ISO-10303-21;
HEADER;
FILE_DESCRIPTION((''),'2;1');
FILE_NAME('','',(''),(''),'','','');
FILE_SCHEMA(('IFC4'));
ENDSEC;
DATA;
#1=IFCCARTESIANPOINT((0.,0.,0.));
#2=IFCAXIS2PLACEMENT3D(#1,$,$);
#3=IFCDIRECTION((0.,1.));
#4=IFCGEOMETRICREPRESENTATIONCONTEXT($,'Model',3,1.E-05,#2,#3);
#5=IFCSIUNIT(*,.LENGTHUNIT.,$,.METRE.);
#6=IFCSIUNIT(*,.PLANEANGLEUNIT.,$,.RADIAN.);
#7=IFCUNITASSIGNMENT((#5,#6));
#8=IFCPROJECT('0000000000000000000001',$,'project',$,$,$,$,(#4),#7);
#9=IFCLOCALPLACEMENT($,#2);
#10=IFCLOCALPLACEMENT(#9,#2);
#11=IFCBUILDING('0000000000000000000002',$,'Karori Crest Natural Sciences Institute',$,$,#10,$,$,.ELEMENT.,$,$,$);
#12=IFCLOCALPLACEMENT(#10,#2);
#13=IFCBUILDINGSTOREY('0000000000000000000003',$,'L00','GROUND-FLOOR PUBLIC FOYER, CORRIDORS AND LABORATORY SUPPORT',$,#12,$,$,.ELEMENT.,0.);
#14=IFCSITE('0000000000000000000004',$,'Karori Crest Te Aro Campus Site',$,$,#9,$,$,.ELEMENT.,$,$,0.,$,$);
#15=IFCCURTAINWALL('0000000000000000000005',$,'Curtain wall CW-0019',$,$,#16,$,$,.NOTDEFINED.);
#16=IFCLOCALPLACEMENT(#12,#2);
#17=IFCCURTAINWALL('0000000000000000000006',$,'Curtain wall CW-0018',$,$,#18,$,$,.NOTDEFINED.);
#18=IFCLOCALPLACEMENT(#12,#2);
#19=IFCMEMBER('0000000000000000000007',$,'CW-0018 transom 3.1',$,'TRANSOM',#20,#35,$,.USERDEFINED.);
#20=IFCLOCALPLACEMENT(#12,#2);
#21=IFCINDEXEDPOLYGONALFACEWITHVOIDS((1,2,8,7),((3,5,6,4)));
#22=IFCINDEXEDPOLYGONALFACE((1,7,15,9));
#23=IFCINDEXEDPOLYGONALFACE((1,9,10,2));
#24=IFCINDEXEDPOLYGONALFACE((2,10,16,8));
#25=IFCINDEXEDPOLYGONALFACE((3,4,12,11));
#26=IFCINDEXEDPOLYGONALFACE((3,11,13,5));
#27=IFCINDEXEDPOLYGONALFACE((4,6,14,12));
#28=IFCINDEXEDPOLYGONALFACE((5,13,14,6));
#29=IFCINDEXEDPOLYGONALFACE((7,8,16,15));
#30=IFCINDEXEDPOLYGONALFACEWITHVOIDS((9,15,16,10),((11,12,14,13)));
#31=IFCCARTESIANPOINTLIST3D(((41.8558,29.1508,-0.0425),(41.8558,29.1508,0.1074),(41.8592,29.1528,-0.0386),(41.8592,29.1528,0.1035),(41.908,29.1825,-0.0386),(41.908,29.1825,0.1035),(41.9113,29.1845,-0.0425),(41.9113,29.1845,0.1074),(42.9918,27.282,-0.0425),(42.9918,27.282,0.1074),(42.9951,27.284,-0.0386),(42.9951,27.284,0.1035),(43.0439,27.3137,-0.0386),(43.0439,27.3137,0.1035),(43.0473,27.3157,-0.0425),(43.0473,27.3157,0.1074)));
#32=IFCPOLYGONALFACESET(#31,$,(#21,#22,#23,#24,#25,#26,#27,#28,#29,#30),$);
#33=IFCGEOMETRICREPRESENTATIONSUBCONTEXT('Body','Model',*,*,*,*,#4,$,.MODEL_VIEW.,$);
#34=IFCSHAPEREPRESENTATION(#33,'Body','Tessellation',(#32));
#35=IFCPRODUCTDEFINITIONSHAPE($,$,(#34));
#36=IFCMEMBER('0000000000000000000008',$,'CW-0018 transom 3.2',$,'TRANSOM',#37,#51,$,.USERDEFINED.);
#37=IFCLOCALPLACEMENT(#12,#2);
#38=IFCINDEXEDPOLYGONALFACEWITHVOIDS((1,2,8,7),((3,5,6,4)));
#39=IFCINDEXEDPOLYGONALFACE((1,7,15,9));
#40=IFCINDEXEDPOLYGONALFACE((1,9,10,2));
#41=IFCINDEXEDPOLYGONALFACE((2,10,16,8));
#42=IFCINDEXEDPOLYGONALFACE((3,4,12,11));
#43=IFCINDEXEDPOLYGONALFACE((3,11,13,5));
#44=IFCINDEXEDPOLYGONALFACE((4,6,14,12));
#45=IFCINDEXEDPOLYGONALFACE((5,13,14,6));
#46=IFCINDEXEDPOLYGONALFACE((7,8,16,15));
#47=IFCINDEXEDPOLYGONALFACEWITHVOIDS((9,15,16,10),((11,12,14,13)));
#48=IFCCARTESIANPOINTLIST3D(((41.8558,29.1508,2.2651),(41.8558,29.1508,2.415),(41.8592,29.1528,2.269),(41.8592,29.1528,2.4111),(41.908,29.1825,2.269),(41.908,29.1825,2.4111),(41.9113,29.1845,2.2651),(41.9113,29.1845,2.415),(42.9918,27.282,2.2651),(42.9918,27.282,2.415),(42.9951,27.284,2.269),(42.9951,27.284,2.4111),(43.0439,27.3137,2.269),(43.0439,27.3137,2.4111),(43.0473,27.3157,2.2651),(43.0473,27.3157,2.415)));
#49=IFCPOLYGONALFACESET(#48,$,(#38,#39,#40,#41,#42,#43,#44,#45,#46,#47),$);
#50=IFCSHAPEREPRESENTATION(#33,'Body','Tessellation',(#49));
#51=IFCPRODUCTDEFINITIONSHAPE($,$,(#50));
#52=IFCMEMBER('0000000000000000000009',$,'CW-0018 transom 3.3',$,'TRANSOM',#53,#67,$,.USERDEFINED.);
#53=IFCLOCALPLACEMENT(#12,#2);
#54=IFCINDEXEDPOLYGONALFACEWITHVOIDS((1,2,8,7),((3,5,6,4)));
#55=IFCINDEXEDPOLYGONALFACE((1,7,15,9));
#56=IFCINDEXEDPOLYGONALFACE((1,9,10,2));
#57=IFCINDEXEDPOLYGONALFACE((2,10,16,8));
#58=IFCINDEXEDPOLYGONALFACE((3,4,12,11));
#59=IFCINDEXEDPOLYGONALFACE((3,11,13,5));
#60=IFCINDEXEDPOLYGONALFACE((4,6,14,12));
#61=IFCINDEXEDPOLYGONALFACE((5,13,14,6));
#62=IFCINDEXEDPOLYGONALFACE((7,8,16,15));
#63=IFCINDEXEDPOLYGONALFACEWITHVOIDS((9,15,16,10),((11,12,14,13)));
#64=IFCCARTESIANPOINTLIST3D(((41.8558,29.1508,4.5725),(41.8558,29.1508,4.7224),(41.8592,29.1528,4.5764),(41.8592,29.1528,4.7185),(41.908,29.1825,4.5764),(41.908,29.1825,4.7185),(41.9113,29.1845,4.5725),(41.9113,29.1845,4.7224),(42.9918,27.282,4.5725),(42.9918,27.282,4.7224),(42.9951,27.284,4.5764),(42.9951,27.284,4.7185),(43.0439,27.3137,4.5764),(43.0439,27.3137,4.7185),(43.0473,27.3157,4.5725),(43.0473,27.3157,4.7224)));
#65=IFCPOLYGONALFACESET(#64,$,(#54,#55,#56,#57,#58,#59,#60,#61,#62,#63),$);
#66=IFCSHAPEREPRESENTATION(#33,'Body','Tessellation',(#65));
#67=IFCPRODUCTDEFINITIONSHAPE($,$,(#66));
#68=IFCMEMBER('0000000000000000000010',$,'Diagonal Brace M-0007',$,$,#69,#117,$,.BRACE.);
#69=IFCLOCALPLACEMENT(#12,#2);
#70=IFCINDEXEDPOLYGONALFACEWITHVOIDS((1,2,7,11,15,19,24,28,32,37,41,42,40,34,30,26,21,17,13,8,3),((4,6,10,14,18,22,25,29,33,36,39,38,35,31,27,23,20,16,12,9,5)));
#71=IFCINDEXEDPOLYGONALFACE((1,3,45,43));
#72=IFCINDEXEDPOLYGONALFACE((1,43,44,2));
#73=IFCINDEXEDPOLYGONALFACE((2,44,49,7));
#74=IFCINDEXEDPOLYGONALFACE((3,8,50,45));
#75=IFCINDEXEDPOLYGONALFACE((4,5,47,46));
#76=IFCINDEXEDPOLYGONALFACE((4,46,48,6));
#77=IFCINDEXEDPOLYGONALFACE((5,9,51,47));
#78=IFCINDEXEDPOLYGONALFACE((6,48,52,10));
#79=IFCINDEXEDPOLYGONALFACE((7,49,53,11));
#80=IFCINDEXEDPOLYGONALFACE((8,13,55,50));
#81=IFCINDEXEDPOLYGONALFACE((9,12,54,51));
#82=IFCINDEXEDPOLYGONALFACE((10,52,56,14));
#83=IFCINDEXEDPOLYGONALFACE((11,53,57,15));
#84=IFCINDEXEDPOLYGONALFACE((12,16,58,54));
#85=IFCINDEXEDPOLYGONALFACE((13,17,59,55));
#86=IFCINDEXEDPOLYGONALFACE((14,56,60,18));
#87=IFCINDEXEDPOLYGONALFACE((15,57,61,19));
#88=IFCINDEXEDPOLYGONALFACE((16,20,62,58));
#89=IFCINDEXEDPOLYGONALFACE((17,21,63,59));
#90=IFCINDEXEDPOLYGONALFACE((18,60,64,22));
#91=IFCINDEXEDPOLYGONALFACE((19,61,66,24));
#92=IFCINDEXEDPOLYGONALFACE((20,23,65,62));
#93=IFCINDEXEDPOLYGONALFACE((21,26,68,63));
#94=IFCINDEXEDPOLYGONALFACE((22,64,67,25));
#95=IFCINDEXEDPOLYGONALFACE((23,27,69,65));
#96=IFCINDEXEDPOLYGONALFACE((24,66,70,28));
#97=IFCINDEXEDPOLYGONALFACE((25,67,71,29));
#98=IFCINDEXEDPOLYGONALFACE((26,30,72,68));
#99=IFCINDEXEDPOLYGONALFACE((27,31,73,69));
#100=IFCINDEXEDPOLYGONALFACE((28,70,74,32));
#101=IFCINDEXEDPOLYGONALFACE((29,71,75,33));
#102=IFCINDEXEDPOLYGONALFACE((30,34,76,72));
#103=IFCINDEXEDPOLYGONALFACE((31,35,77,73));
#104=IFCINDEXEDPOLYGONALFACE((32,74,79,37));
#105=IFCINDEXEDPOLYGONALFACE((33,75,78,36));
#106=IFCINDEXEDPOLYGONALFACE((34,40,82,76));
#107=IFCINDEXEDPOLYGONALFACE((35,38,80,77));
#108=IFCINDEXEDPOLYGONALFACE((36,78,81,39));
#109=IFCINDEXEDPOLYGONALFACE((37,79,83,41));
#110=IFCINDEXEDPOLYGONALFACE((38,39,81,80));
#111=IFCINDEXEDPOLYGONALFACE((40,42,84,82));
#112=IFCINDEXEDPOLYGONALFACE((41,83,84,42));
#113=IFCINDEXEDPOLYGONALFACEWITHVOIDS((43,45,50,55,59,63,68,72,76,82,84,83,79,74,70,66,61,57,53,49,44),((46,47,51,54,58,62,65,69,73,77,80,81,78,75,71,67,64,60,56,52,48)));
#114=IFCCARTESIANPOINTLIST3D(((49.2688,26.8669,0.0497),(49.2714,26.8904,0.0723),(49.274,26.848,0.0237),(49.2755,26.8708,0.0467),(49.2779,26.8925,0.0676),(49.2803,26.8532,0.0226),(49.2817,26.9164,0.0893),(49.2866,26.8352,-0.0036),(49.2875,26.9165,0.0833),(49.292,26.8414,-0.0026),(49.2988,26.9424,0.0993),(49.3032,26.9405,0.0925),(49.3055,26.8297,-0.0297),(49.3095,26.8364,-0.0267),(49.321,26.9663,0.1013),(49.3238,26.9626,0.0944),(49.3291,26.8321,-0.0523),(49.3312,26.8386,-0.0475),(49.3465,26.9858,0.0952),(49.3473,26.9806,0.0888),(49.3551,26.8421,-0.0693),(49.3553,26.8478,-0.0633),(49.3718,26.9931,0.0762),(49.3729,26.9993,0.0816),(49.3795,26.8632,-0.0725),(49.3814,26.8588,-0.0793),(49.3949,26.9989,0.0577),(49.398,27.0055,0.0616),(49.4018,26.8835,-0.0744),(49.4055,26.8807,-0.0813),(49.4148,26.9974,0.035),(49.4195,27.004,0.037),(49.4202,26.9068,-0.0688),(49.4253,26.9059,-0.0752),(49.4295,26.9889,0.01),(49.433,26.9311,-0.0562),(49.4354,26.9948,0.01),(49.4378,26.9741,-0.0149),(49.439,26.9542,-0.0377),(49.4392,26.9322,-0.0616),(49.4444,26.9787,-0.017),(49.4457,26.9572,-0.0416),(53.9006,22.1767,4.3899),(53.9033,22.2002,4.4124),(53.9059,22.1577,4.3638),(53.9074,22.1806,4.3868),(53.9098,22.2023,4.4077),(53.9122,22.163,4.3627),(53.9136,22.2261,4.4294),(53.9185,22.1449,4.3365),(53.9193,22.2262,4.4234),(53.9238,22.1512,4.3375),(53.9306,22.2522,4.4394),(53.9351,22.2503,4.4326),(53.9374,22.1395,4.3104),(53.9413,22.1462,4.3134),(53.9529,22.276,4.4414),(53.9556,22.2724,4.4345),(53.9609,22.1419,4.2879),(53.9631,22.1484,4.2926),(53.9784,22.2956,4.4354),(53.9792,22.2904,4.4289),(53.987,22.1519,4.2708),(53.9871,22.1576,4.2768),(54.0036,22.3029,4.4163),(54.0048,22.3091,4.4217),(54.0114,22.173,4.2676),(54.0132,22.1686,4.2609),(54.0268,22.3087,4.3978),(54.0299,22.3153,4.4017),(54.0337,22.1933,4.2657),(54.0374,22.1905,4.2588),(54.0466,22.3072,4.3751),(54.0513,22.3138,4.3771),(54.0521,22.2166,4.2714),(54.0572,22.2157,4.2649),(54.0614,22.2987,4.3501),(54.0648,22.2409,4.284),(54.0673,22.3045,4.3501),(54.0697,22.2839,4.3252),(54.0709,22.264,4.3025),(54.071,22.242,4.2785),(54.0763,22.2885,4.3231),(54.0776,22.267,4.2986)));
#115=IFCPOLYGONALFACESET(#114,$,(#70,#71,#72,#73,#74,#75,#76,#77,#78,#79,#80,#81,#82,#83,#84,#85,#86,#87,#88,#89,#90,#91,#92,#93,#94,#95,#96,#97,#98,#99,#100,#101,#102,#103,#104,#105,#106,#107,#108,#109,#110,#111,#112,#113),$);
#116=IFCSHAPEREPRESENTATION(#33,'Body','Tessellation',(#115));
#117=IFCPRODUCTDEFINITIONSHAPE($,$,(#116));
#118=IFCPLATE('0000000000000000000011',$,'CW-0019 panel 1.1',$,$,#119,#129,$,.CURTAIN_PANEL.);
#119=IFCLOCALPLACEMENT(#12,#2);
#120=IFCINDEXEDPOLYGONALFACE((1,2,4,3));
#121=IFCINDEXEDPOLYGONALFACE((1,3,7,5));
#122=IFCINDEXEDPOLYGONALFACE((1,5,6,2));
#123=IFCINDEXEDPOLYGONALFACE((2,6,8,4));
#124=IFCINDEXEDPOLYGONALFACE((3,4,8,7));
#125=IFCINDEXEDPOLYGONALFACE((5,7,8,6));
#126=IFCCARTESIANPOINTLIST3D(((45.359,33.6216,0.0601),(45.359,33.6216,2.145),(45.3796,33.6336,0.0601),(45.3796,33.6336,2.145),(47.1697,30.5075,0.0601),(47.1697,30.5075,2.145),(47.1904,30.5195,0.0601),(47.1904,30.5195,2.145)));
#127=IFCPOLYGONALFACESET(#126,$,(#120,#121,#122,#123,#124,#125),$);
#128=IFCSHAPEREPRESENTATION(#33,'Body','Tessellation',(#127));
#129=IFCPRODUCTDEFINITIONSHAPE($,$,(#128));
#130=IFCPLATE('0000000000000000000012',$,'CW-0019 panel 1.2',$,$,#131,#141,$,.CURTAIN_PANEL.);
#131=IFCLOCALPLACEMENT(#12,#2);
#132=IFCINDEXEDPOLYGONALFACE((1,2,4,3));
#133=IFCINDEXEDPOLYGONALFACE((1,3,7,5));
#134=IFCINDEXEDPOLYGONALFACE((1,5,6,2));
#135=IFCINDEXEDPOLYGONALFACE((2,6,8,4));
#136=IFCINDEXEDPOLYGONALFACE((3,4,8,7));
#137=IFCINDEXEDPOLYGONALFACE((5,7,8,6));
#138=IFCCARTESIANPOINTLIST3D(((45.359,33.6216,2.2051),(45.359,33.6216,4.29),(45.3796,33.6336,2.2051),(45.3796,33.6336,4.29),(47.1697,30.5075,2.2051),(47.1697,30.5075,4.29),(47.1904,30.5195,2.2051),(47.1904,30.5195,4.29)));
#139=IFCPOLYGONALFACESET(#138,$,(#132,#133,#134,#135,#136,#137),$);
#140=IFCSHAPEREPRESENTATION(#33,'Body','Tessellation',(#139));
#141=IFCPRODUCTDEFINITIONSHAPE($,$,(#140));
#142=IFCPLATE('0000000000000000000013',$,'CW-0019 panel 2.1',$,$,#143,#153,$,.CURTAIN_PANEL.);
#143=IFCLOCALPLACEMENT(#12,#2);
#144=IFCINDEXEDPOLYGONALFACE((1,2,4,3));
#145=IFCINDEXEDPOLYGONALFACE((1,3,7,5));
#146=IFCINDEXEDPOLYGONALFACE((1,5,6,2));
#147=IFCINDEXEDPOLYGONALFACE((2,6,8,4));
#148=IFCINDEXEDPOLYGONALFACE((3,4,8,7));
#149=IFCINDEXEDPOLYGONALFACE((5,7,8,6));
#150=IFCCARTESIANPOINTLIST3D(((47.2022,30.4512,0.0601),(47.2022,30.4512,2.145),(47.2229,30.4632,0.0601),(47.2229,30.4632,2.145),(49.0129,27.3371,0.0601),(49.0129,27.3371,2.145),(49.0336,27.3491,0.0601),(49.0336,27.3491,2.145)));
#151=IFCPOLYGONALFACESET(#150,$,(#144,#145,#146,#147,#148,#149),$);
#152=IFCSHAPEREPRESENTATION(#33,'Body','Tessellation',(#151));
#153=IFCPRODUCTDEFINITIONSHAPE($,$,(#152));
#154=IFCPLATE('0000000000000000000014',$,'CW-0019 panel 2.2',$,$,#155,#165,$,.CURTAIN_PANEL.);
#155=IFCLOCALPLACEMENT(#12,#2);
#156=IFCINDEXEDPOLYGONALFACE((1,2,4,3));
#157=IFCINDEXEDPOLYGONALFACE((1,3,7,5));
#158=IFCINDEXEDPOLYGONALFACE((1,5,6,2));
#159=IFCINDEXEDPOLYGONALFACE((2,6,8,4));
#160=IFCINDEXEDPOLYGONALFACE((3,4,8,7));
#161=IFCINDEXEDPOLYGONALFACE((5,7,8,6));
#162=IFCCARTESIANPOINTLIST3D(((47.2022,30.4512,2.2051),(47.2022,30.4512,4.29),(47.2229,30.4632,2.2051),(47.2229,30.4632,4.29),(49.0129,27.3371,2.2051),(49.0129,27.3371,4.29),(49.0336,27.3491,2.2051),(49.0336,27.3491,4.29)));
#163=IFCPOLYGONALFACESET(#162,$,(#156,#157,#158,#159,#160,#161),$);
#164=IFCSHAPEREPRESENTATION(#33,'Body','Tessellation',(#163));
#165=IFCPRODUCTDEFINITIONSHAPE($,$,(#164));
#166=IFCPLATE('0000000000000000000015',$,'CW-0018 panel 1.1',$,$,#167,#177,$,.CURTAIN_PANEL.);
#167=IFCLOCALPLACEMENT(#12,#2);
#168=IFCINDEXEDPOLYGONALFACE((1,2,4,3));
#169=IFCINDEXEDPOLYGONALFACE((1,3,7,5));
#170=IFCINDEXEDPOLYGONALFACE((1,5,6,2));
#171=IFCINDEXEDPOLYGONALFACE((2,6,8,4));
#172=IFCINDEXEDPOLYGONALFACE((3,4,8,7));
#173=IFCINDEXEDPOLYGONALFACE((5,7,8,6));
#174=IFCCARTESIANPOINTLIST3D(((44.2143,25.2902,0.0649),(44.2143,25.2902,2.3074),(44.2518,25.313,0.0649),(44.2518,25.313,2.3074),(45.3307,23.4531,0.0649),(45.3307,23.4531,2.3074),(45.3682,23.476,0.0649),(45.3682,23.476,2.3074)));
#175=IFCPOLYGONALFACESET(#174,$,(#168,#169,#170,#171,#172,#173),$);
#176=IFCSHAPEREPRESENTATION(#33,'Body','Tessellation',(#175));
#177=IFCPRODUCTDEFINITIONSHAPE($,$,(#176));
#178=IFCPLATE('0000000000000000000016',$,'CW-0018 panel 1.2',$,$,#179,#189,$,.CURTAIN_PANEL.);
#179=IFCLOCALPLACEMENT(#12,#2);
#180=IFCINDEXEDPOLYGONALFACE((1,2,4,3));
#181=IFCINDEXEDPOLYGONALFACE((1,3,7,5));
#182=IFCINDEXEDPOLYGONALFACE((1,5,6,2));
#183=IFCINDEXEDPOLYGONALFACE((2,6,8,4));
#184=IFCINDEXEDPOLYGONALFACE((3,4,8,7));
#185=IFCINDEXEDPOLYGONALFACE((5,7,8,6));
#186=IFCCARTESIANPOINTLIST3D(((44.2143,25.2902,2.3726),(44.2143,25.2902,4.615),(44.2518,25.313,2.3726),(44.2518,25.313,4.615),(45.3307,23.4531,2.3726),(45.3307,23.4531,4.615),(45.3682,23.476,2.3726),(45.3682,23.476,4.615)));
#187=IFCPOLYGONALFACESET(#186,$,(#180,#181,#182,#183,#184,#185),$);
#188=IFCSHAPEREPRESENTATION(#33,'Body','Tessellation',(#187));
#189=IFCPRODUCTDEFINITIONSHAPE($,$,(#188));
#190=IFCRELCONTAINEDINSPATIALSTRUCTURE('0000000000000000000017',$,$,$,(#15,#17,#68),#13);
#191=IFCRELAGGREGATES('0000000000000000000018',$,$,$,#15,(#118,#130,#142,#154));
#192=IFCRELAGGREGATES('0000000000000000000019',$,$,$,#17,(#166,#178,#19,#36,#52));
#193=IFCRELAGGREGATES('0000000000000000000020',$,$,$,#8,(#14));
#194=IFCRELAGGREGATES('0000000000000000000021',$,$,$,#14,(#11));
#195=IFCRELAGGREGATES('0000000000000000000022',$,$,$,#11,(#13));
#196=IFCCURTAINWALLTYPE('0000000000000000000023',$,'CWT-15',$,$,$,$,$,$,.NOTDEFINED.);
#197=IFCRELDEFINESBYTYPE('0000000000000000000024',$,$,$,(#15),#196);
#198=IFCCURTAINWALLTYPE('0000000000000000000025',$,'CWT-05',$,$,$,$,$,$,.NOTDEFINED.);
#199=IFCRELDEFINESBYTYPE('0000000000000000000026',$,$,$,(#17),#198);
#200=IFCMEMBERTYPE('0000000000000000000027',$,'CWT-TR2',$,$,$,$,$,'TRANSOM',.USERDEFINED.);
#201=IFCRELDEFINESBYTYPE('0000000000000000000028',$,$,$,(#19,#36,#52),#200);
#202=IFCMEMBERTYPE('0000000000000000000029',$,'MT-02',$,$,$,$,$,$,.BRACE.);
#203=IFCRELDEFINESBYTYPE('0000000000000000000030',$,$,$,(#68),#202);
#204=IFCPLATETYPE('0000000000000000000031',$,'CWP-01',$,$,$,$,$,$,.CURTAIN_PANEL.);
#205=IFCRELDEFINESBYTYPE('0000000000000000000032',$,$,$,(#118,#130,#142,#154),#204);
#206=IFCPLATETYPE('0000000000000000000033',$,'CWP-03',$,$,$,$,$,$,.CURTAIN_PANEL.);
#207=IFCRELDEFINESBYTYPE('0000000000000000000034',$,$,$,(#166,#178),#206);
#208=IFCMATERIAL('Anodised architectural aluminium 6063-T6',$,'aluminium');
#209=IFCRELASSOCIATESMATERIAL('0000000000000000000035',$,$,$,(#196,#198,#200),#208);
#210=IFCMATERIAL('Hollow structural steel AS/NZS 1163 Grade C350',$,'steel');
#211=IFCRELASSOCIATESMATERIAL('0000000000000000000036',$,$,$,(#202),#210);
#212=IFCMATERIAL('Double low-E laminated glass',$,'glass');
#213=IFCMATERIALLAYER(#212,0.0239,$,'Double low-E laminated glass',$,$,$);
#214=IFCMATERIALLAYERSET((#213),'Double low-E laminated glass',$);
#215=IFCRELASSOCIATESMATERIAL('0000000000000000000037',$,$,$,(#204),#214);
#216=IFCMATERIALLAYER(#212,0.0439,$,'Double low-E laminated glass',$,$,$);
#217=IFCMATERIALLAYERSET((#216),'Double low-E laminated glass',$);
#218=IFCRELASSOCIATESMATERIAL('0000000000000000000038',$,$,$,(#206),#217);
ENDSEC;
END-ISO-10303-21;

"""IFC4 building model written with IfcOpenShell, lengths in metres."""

from ifc_helpers import new_model, si_unit, direction, frame, origin, origin_2d, place, context, subcontext, project, spatial, rectangle, hollow_rectangle, hollow_circle, extrude, material, layer, layer_set, material_profile, profile_set, type_object, element, aggregate, save


model = new_model("IFC4")

# Units and contexts
model_context = context("Model", 3, precision=1e-05, world=origin(), true_north=direction((0.0, 1.0)))
body_context = subcontext(model_context, "Body", "Model", "MODEL_VIEW")
ifc_project = project(units=[si_unit("LENGTHUNIT", "METRE"), si_unit("PLANEANGLEUNIT", "RADIAN")], contexts=[model_context])

# Site, building, storey
site_placement = place(None, origin())
site = spatial("IfcSite", under=ifc_project, at=site_placement, Name="Karori Crest Te Aro Campus Site", CompositionType="ELEMENT", RefElevation=0.0)
building_placement = place(site_placement, origin())
building = spatial("IfcBuilding", under=site, at=building_placement, Name="Karori Crest Natural Sciences Institute", CompositionType="ELEMENT")
storey_placement = place(building_placement, origin())
storey = spatial("IfcBuildingStorey", under=building, at=storey_placement, Name="L00", Description="GROUND-FLOOR PUBLIC FOYER, CORRIDORS AND LABORATORY SUPPORT", CompositionType="ELEMENT", Elevation=0.0)

# Shared definitions
ifc_material_1 = material(Name="Hollow structural steel AS/NZS 1163 Grade C350", Category="steel")

# Curtain walls
ifc_material_2 = material(Name="Anodised architectural aluminium 6063-T6", Category="aluminium")
curtain_wall_type_1 = type_object("IfcCurtainWallType", Name="CWT-15", PredefinedType="NOTDEFINED", material=ifc_material_2)
curtain_wall_1_placement = place(storey_placement, origin())
curtain_wall_1 = element("IfcCurtainWall", 1, at=curtain_wall_1_placement, inside=storey, type_object=curtain_wall_type_1, Name="Curtain wall CW-0019", PredefinedType="NOTDEFINED")
curtain_wall_type_2 = type_object("IfcCurtainWallType", Name="CWT-05", PredefinedType="NOTDEFINED", material=ifc_material_2)
curtain_wall_2_placement = place(storey_placement, origin())
curtain_wall_2 = element("IfcCurtainWall", 2, at=curtain_wall_2_placement, inside=storey, type_object=curtain_wall_type_2, Name="Curtain wall CW-0018", PredefinedType="NOTDEFINED")

# Members
ifc_material_profile_1 = material_profile(ifc_material_2, hollow_rectangle(XDim=0.0649, YDim=0.1499, WallThickness=0.0039, at=origin_2d()), Name="CWT150x65x4")
ifc_profile_set_1 = profile_set([ifc_material_profile_1], Name="Anodised architectural aluminium 6063-T6")
member_type_1 = type_object("IfcMemberType", Name="CWT-TR2", ElementType="TRANSOM", PredefinedType="USERDEFINED", material=ifc_profile_set_1)
member_1_placement = place(storey_placement, frame((43.0195, 27.2988, 0.0325), z_axis=(-0.519412, 0.854524, 0.0), x_axis=(-0.854524, -0.519412, 0.0)))
member_1 = element("IfcMember", 3, at=member_1_placement, type_object=member_type_1, Name="CW-0018 transom 3.1", ObjectType="TRANSOM", PredefinedType="USERDEFINED", context=body_context, shape_type="SweptSolid", body=[
    extrude(hollow_rectangle(XDim=0.0649, YDim=0.1499, WallThickness=0.0039, at=origin_2d()), origin(), (0.0, 0.0, 1.0), 2.187),
])
member_2_placement = place(storey_placement, frame((43.0195, 27.2988, 2.3401), z_axis=(-0.519412, 0.854524, 0.0), x_axis=(-0.854524, -0.519412, 0.0)))
member_2 = element("IfcMember", 4, at=member_2_placement, type_object=member_type_1, Name="CW-0018 transom 3.2", ObjectType="TRANSOM", PredefinedType="USERDEFINED", context=body_context, shape_type="SweptSolid", body=[
    extrude(hollow_rectangle(XDim=0.0649, YDim=0.1499, WallThickness=0.0039, at=origin_2d()), origin(), (0.0, 0.0, 1.0), 2.187),
])
member_3_placement = place(storey_placement, frame((43.0195, 27.2988, 4.6475), z_axis=(-0.519412, 0.854524, 0.0), x_axis=(-0.854524, -0.519412, 0.0)))
member_3 = element("IfcMember", 5, at=member_3_placement, type_object=member_type_1, Name="CW-0018 transom 3.3", ObjectType="TRANSOM", PredefinedType="USERDEFINED", context=body_context, shape_type="SweptSolid", body=[
    extrude(hollow_rectangle(XDim=0.0649, YDim=0.1499, WallThickness=0.0039, at=origin_2d()), origin(), (0.0, 0.0, 1.0), 2.187),
])
ifc_material_profile_2 = material_profile(ifc_material_1, hollow_circle(Radius=0.1096, WallThickness=0.0083, at=origin_2d()), Name="CHS219.1x8.2")
ifc_profile_set_2 = profile_set([ifc_material_profile_2], Name="Hollow structural steel AS/NZS 1163 Grade C350")
member_type_2 = type_object("IfcMemberType", Name="MT-02", PredefinedType="BRACE", material=ifc_profile_set_2)
member_4_placement = place(storey_placement, frame((49.3574, 26.9177, 0.01), z_axis=(0.586882, -0.594275, 0.549915), x_axis=(0.711519, 0.702667, 0.0)))
element("IfcMember", 6, at=member_4_placement, inside=storey, type_object=member_type_2, Name="Diagonal Brace M-0007", PredefinedType="BRACE", context=body_context, shape_type="SweptSolid", body=[
    extrude(hollow_circle(Radius=0.1096, WallThickness=0.0083, at=origin_2d()), origin(), (0.0, 0.0, 1.0), 7.8923),
])

# Plates
ifc_material_3 = material(Name="Double low-E laminated glass", Category="glass")
ifc_layer_1 = layer(ifc_material_3, 0.0239, Name="Double low-E laminated glass")
ifc_layer_set_1 = layer_set([ifc_layer_1], Name="Double low-E laminated glass")
plate_type_1 = type_object("IfcPlateType", Name="CWP-01", PredefinedType="CURTAIN_PANEL", material=ifc_layer_set_1)
plate_1_placement = place(storey_placement, frame((46.2747, 32.0706, 0.0601), z_axis=(0.0, 0.0, 1.0), x_axis=(0.50266, -0.864484, 0.0)))
plate_1 = element("IfcPlate", 7, at=plate_1_placement, type_object=plate_type_1, Name="CW-0019 panel 1.1", PredefinedType="CURTAIN_PANEL", context=body_context, shape_type="SweptSolid", body=[
    extrude(rectangle(XDim=3.6023, YDim=0.0239, at=origin_2d()), origin(), (0.0, 0.0, 1.0), 2.085),
])
plate_2_placement = place(storey_placement, frame((46.2747, 32.0706, 2.2051), z_axis=(0.0, 0.0, 1.0), x_axis=(0.50266, -0.864484, 0.0)))
plate_2 = element("IfcPlate", 8, at=plate_2_placement, type_object=plate_type_1, Name="CW-0019 panel 1.2", PredefinedType="CURTAIN_PANEL", context=body_context, shape_type="SweptSolid", body=[
    extrude(rectangle(XDim=3.6023, YDim=0.0239, at=origin_2d()), origin(), (0.0, 0.0, 1.0), 2.085),
])
plate_3_placement = place(storey_placement, frame((48.1179, 28.9001, 0.0601), z_axis=(0.0, 0.0, 1.0), x_axis=(0.50266, -0.864484, 0.0)))
plate_3 = element("IfcPlate", 9, at=plate_3_placement, type_object=plate_type_1, Name="CW-0019 panel 2.1", PredefinedType="CURTAIN_PANEL", context=body_context, shape_type="SweptSolid", body=[
    extrude(rectangle(XDim=3.6023, YDim=0.0239, at=origin_2d()), origin(), (0.0, 0.0, 1.0), 2.085),
])
plate_4_placement = place(storey_placement, frame((48.1179, 28.9001, 2.2051), z_axis=(0.0, 0.0, 1.0), x_axis=(0.50266, -0.864484, 0.0)))
plate_4 = element("IfcPlate", 10, at=plate_4_placement, type_object=plate_type_1, Name="CW-0019 panel 2.2", PredefinedType="CURTAIN_PANEL", context=body_context, shape_type="SweptSolid", body=[
    extrude(rectangle(XDim=3.6023, YDim=0.0239, at=origin_2d()), origin(), (0.0, 0.0, 1.0), 2.085),
])
aggregate(curtain_wall_1, [plate_1, plate_2, plate_3, plate_4])
ifc_layer_2 = layer(ifc_material_3, 0.0439, Name="Double low-E laminated glass")
ifc_layer_set_2 = layer_set([ifc_layer_2], Name="Double low-E laminated glass")
plate_type_2 = type_object("IfcPlateType", Name="CWP-03", PredefinedType="CURTAIN_PANEL", material=ifc_layer_set_2)
plate_5_placement = place(storey_placement, frame((44.7913, 24.3831, 0.0649), z_axis=(0.0, 0.0, 1.0), x_axis=(-0.519341, 0.854567, 0.0)))
plate_5 = element("IfcPlate", 11, at=plate_5_placement, type_object=plate_type_2, Name="CW-0018 panel 1.1", PredefinedType="CURTAIN_PANEL", context=body_context, shape_type="SweptSolid", body=[
    extrude(rectangle(XDim=2.1497, YDim=0.0439, at=origin_2d()), origin(), (0.0, 0.0, 1.0), 2.2424),
])
plate_6_placement = place(storey_placement, frame((44.7913, 24.3831, 2.3726), z_axis=(0.0, 0.0, 1.0), x_axis=(-0.519341, 0.854567, 0.0)))
plate_6 = element("IfcPlate", 12, at=plate_6_placement, type_object=plate_type_2, Name="CW-0018 panel 1.2", PredefinedType="CURTAIN_PANEL", context=body_context, shape_type="SweptSolid", body=[
    extrude(rectangle(XDim=2.1497, YDim=0.0439, at=origin_2d()), origin(), (0.0, 0.0, 1.0), 2.2424),
])
aggregate(curtain_wall_2, [plate_5, plate_6, member_1, member_2, member_3])

save(model, "model.ifc")
